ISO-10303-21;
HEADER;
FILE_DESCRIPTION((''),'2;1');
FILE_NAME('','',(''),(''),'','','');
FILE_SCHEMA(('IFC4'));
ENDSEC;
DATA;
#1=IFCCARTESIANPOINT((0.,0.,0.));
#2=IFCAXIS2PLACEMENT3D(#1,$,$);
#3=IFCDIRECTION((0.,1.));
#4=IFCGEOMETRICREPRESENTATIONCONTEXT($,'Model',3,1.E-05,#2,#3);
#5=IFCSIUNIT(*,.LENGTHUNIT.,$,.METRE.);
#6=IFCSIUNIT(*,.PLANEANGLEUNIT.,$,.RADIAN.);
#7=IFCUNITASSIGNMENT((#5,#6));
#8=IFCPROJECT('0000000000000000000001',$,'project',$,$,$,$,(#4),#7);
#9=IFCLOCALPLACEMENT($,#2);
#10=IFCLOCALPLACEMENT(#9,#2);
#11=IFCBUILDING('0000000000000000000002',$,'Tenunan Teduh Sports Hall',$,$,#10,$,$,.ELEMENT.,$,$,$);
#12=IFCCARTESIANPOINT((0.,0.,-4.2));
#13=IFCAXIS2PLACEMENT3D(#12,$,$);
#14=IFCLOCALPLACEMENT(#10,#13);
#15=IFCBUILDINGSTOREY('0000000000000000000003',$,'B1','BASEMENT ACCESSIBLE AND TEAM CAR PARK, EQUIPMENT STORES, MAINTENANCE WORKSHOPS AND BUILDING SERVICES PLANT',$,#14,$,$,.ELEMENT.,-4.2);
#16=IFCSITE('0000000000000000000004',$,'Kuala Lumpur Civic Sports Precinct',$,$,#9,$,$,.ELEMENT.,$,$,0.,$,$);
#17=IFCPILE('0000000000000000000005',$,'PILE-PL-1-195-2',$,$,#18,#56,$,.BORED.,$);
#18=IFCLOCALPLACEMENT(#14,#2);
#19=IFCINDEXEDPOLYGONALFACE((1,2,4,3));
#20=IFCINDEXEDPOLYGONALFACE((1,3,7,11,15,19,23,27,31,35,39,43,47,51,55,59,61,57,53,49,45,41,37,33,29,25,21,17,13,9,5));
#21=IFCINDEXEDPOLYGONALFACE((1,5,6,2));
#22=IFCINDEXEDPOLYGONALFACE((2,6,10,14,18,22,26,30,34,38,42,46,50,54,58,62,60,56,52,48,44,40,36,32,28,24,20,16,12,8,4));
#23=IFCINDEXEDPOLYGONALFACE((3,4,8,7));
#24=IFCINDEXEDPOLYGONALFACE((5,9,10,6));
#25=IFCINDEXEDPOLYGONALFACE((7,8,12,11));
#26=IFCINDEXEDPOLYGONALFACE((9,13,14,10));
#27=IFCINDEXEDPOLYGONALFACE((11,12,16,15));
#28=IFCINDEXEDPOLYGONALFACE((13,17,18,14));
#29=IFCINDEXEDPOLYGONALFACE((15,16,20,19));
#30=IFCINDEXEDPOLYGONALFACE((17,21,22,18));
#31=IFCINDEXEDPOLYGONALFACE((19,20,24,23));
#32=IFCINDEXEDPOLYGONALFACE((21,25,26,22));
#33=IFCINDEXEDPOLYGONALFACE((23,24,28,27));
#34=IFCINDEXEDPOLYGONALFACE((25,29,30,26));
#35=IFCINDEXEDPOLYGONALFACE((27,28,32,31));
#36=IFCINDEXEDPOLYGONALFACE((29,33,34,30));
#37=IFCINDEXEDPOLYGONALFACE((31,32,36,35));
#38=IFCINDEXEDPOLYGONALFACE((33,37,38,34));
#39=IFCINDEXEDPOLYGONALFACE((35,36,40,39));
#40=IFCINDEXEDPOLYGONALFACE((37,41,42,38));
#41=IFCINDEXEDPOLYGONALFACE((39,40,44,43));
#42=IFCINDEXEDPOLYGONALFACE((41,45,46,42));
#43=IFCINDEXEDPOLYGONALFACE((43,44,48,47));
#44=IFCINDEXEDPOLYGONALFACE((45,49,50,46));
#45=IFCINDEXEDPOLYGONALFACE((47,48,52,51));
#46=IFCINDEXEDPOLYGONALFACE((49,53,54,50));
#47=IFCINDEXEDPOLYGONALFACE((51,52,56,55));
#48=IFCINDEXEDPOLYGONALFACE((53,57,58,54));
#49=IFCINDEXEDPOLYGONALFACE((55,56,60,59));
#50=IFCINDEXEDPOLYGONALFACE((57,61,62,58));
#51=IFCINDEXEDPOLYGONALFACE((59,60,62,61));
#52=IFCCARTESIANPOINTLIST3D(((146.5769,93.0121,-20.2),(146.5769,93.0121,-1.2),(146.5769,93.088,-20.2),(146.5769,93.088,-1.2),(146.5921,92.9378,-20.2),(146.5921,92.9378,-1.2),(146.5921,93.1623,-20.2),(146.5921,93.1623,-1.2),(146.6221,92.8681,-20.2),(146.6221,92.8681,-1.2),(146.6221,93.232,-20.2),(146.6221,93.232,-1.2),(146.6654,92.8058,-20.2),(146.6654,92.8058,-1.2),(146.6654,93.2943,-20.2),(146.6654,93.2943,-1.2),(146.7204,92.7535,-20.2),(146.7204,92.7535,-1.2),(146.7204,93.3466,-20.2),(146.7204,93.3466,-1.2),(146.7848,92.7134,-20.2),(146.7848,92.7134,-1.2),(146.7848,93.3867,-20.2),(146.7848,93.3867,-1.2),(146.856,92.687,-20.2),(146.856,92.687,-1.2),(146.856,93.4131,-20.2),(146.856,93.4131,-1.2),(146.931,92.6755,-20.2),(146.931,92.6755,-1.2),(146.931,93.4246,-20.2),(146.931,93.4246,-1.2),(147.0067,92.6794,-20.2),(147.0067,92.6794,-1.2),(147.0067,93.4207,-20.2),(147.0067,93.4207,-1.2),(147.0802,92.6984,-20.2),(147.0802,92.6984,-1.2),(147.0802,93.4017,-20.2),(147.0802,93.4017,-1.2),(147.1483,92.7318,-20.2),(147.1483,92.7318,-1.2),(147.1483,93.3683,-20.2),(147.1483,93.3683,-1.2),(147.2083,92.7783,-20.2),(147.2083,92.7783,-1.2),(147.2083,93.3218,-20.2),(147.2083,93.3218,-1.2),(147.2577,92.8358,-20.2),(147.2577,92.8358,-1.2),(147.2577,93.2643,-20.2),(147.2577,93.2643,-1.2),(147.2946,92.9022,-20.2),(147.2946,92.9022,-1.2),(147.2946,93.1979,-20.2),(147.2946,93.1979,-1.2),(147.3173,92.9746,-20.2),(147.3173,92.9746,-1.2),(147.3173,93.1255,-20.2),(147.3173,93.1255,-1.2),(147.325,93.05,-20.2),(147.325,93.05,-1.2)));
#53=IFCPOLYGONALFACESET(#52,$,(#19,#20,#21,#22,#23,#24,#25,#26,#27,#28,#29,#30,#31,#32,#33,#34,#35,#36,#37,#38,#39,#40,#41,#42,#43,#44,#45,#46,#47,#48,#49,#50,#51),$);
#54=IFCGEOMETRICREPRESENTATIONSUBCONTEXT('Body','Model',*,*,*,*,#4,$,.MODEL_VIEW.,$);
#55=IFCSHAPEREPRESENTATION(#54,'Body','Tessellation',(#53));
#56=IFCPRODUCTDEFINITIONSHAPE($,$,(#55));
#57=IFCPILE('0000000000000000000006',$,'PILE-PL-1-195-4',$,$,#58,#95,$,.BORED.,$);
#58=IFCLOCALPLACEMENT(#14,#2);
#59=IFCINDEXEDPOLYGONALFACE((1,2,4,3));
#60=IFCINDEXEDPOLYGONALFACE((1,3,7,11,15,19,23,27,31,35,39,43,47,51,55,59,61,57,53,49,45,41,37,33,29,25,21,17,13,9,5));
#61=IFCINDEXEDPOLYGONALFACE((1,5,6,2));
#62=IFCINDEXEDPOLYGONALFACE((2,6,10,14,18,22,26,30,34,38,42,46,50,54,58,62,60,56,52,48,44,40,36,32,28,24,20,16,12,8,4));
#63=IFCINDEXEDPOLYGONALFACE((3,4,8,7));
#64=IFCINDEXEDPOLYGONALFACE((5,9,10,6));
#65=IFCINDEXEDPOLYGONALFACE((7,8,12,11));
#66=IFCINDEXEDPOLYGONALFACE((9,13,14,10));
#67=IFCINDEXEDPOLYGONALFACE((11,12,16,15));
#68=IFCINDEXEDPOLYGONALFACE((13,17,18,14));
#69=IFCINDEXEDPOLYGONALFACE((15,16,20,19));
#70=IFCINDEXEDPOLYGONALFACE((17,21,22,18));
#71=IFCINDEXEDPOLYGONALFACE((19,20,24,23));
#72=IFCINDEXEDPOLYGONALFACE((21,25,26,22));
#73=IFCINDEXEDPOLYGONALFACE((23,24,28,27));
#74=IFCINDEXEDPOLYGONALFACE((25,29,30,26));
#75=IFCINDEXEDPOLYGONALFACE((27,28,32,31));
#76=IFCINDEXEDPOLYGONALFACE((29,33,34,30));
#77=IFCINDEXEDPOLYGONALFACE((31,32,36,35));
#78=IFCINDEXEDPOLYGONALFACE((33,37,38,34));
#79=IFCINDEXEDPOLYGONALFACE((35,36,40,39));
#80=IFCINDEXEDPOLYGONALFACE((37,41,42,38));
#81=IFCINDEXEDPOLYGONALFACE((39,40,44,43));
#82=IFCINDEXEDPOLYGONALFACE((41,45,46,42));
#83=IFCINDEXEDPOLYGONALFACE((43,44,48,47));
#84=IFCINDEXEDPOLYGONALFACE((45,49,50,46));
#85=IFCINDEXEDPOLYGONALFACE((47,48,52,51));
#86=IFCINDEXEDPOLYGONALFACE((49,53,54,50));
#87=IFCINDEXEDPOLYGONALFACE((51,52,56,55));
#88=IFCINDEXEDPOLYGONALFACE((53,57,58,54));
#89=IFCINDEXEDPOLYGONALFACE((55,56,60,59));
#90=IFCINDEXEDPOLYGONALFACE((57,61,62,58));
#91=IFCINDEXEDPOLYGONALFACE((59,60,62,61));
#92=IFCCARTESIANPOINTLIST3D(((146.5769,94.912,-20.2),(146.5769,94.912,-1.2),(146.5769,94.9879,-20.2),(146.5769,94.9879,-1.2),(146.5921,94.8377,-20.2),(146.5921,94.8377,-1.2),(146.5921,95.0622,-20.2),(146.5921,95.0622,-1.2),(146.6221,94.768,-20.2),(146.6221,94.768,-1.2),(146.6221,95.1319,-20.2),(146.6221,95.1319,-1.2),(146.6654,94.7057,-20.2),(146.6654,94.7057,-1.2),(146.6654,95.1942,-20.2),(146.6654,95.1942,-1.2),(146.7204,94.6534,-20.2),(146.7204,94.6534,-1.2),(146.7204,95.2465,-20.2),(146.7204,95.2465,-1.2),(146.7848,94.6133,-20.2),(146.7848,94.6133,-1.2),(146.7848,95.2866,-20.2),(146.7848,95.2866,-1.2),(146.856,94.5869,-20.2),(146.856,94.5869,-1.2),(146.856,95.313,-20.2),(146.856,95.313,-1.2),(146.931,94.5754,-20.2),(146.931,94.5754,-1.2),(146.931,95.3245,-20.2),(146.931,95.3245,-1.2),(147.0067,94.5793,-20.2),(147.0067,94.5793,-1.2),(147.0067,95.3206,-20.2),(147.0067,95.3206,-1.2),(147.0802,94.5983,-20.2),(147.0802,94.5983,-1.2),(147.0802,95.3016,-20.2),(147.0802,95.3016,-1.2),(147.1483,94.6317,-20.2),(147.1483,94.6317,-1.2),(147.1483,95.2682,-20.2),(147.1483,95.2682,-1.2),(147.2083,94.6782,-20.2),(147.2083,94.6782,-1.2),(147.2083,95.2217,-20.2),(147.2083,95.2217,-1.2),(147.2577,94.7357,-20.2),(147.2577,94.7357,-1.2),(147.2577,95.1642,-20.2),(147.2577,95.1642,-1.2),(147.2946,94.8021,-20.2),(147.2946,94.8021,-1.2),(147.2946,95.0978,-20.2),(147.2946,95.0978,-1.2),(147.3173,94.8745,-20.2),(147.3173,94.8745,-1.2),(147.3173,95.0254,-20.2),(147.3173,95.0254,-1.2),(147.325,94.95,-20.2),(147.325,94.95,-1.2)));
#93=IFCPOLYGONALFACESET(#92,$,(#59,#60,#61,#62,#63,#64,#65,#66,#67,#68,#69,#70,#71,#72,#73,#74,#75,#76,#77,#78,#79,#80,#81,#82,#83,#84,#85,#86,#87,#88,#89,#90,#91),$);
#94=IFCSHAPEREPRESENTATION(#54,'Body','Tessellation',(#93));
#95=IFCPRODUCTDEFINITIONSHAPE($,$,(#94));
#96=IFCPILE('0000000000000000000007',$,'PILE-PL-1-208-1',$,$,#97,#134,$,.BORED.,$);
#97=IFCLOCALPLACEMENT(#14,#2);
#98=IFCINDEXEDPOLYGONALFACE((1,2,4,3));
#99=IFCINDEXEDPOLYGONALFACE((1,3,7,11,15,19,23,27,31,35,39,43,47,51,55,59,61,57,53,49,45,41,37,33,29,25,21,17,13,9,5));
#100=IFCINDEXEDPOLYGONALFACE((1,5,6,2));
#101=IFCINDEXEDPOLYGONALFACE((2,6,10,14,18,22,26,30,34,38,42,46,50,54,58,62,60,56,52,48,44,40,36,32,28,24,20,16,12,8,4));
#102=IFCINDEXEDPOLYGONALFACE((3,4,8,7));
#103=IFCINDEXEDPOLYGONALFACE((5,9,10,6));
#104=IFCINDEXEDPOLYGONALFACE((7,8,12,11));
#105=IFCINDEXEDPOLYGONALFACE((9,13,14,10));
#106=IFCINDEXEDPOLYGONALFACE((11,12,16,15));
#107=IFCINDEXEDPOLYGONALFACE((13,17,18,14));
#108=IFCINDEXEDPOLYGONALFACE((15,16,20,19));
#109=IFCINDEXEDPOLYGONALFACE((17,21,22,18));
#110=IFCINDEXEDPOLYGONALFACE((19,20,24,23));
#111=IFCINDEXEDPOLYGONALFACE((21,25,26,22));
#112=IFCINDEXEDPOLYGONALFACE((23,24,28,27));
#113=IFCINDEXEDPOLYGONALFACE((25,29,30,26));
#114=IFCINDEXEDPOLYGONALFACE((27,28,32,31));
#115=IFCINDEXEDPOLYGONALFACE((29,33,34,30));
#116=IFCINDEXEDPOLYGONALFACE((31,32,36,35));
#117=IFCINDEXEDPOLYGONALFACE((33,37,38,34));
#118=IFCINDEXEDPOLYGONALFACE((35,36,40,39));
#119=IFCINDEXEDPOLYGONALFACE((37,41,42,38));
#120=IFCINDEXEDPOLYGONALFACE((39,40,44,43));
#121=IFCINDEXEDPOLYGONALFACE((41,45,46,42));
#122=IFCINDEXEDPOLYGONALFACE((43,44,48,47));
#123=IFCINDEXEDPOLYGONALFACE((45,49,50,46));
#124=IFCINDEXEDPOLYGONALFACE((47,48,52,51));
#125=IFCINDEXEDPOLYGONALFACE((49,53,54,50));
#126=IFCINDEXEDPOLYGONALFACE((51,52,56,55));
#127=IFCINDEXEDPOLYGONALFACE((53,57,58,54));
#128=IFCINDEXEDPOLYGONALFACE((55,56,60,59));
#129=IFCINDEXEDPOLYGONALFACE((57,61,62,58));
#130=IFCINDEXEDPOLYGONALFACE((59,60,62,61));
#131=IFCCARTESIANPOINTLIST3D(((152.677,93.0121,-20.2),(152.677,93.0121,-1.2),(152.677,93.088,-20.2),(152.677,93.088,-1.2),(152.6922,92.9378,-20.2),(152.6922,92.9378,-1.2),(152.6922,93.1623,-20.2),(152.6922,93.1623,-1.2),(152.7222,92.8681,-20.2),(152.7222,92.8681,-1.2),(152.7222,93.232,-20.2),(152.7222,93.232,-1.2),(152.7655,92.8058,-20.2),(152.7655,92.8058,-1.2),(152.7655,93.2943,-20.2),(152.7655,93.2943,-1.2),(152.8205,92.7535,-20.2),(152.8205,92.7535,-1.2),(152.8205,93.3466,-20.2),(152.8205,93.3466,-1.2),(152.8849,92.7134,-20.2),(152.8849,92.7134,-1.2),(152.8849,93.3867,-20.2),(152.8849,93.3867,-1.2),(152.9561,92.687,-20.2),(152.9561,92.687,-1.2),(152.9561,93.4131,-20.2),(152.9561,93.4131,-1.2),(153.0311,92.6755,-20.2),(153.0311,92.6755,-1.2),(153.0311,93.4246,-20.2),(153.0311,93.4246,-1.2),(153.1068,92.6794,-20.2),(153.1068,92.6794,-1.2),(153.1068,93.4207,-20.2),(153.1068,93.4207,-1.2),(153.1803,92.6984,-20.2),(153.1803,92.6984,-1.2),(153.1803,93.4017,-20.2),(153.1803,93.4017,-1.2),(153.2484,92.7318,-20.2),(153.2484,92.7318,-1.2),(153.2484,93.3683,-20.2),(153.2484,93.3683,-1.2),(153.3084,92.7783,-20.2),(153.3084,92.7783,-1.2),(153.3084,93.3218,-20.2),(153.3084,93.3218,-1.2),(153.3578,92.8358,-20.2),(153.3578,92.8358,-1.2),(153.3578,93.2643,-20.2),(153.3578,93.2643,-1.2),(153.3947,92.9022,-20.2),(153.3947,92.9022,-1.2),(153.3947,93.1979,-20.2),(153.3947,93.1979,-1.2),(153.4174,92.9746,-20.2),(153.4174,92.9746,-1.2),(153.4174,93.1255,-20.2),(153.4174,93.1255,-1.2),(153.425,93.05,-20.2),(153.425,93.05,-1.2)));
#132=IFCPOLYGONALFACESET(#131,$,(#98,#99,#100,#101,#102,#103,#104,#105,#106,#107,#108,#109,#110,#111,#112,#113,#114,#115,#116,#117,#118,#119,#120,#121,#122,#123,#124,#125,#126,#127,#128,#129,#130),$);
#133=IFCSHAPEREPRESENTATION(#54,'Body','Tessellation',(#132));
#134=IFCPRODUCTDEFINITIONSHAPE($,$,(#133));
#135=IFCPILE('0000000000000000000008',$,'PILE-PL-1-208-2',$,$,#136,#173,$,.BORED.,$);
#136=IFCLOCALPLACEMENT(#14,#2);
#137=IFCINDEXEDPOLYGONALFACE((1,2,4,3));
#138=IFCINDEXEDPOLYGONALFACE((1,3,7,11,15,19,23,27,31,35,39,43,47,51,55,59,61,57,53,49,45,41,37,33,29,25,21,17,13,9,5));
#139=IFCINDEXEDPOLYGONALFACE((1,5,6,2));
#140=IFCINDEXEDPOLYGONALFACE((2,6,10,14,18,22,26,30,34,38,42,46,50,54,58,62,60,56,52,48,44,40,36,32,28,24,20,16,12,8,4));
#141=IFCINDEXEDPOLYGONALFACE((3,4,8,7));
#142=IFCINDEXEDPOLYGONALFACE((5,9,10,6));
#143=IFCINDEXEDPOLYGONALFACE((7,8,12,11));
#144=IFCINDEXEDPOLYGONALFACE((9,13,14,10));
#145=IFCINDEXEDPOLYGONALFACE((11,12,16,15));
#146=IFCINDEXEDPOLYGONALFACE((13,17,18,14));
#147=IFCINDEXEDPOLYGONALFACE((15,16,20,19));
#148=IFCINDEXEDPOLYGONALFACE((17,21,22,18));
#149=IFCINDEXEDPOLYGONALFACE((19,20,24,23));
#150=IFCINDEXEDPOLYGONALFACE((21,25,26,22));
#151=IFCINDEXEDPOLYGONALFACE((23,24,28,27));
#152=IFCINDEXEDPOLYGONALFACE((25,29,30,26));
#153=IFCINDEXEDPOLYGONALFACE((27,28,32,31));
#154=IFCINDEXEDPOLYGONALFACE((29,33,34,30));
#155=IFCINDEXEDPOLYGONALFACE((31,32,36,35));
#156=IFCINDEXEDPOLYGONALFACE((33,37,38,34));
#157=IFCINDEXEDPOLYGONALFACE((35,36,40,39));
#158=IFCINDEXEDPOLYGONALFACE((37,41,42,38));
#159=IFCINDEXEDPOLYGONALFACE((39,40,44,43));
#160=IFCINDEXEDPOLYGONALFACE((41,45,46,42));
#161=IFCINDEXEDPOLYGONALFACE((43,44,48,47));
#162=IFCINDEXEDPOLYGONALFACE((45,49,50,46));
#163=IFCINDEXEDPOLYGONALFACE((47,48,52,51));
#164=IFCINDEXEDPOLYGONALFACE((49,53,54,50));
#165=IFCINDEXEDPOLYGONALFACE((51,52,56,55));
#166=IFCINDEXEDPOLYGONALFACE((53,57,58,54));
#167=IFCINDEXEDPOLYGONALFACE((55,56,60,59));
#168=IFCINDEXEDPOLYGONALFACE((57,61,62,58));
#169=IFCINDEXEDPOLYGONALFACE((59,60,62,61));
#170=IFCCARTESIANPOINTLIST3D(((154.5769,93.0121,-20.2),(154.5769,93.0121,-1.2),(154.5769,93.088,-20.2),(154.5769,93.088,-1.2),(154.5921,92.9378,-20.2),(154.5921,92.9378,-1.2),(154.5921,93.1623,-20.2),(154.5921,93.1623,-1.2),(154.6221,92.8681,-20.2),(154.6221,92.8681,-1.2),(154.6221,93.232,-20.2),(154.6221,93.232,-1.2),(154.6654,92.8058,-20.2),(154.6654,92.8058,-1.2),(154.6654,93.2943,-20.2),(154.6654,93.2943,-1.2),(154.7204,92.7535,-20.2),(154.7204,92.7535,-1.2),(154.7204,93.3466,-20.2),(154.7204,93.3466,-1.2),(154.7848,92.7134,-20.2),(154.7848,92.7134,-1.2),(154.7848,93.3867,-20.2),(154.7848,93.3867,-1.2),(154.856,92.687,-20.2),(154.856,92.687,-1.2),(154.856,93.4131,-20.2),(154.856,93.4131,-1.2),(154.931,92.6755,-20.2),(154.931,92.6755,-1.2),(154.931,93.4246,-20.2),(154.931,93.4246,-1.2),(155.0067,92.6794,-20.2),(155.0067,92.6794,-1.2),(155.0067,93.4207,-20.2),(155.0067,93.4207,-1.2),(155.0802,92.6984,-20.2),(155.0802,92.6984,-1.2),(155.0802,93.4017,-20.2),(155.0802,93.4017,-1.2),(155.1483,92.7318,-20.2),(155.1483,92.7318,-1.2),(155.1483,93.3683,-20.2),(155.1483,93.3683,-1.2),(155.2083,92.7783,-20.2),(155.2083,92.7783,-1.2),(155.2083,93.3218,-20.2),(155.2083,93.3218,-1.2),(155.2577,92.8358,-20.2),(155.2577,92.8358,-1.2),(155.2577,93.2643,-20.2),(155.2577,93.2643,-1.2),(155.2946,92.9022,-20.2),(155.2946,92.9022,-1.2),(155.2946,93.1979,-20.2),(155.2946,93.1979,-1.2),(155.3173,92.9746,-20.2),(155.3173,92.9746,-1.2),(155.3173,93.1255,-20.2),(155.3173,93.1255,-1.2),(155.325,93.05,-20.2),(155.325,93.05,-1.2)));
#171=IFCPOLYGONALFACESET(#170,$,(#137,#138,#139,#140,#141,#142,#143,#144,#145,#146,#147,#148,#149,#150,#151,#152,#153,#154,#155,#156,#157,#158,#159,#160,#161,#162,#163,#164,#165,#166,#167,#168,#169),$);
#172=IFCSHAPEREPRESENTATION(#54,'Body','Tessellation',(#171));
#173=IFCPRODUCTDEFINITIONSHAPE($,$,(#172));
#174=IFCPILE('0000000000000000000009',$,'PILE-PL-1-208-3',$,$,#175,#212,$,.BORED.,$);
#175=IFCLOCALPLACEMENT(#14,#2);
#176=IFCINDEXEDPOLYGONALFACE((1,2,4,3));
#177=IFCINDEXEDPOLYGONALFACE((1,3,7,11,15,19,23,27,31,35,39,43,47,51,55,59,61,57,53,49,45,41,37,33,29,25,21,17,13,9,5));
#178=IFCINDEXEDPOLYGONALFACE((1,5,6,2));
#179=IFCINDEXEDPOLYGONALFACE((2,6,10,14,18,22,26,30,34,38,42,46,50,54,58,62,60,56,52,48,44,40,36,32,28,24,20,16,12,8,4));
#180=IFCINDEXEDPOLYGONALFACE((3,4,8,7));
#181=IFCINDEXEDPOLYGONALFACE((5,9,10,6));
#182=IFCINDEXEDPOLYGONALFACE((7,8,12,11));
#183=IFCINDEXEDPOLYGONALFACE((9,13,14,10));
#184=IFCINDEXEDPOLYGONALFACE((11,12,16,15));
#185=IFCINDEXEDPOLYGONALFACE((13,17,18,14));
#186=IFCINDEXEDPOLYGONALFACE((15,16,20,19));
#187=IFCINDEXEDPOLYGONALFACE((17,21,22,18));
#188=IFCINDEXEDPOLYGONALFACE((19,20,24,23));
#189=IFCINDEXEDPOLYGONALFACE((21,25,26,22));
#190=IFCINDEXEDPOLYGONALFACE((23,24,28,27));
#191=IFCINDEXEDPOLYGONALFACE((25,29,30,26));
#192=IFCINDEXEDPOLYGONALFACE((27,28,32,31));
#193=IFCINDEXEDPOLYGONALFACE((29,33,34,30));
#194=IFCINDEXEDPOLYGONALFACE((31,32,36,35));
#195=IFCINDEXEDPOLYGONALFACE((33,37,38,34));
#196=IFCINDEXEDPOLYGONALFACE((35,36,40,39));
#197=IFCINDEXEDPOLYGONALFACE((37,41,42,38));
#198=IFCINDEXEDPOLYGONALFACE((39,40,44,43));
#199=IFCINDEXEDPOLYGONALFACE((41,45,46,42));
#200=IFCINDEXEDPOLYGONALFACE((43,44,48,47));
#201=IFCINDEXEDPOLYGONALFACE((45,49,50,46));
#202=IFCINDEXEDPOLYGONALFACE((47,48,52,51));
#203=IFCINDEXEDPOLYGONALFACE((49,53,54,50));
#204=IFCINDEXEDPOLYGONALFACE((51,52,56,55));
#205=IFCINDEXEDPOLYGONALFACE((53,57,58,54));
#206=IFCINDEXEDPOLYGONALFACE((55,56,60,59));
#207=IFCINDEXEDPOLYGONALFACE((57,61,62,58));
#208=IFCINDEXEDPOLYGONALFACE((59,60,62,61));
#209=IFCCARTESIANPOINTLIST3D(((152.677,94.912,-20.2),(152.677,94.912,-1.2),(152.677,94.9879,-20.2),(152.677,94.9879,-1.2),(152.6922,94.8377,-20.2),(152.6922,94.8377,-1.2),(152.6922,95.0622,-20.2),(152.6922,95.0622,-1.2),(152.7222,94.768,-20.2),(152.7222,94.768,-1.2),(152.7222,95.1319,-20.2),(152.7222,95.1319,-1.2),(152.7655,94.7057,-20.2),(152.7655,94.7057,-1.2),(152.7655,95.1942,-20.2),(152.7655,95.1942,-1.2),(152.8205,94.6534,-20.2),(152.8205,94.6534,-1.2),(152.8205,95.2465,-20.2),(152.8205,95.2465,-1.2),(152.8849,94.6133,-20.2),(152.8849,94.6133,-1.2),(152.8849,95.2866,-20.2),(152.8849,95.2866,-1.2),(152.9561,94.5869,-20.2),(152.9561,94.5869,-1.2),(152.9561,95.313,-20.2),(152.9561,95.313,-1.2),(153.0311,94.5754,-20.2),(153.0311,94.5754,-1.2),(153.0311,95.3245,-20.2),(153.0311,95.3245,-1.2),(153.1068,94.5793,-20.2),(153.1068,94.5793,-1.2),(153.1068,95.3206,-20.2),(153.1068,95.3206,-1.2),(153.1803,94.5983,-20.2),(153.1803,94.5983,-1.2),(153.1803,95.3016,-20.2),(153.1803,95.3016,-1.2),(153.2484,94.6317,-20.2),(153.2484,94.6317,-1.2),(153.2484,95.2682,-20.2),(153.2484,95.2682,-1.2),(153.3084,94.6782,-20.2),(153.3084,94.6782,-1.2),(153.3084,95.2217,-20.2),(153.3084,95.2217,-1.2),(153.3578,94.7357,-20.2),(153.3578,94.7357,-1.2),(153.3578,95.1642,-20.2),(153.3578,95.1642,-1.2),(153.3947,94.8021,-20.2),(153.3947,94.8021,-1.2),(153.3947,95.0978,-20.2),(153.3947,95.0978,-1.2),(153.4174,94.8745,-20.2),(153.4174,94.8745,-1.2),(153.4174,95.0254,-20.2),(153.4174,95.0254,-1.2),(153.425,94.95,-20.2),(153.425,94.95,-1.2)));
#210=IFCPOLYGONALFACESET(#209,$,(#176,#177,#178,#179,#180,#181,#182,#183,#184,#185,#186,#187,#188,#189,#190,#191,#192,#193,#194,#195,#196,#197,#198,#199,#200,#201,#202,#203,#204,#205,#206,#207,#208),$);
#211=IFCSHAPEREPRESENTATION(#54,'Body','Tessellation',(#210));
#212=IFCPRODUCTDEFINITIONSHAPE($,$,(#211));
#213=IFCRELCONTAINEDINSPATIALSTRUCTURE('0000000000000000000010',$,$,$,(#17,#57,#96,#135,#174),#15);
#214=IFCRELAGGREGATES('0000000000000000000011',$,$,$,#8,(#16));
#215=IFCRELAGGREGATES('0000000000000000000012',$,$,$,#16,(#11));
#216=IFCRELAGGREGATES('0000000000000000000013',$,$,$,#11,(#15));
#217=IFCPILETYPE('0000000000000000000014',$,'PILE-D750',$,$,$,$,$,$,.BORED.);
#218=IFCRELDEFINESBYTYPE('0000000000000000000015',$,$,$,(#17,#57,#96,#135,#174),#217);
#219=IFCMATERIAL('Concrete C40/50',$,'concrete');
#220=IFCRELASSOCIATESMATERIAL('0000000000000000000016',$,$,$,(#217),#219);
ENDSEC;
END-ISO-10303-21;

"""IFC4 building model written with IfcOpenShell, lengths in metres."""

from ifc_helpers import new_model, si_unit, direction, frame, origin, origin_2d, place, context, subcontext, project, spatial, circle, extrude, material, material_profile, profile_set, type_object, element, save


model = new_model("IFC4")

# Units and contexts
model_context = context("Model", 3, precision=1e-05, world=origin(), true_north=direction((0.0, 1.0)))
body_context = subcontext(model_context, "Body", "Model", "MODEL_VIEW")
ifc_project = project(units=[si_unit("LENGTHUNIT", "METRE"), si_unit("PLANEANGLEUNIT", "RADIAN")], contexts=[model_context])

# Site, building, storey
site_placement = place(None, origin())
site = spatial("IfcSite", under=ifc_project, at=site_placement, Name="Kuala Lumpur Civic Sports Precinct", CompositionType="ELEMENT", RefElevation=0.0)
building_placement = place(site_placement, origin())
building = spatial("IfcBuilding", under=site, at=building_placement, Name="Tenunan Teduh Sports Hall", CompositionType="ELEMENT")
storey_placement = place(building_placement, frame((0.0, 0.0, -4.2)))
storey = spatial("IfcBuildingStorey", under=building, at=storey_placement, Name="B1", Description="BASEMENT ACCESSIBLE AND TEAM CAR PARK, EQUIPMENT STORES, MAINTENANCE WORKSHOPS AND BUILDING SERVICES PLANT", CompositionType="ELEMENT", Elevation=-4.2)

# Piles
ifc_material_1 = material(Name="Concrete C40/50", Category="concrete")
ifc_material_profile_1 = material_profile(ifc_material_1, circle(Radius=0.375, at=origin_2d()), Name="PILE D750")
ifc_profile_set_1 = profile_set([ifc_material_profile_1], Name="Concrete C40/50")
pile_type = type_object("IfcPileType", Name="PILE-D750", PredefinedType="BORED", material=ifc_profile_set_1)
for number, where, z_axis, x_axis, name in (
    (1, (146.95, 93.05, -1.2), (0.0, 0.0, -1.0), (1.0, 0.0, 0.0), "PILE-PL-1-195-2"),
    (2, (146.95, 94.95, -1.2), (0.0, 0.0, -1.0), (1.0, 0.0, 0.0), "PILE-PL-1-195-4"),
    (3, (153.05, 93.05, -1.2), (0.0, 0.0, -1.0), (1.0, 0.0, 0.0), "PILE-PL-1-208-1"),
    (4, (154.95, 93.05, -1.2), (0.0, 0.0, -1.0), (1.0, 0.0, 0.0), "PILE-PL-1-208-2"),
    (5, (153.05, 94.95, -1.2), (0.0, 0.0, -1.0), (1.0, 0.0, 0.0), "PILE-PL-1-208-3"),
):
    element("IfcPile", number, at=place(storey_placement, frame(where, z_axis=z_axis, x_axis=x_axis)), inside=storey, type_object=pile_type, Name=name, PredefinedType="BORED", context=body_context, shape_type="SweptSolid", body=[
        extrude(circle(Radius=0.375, at=origin_2d()), origin(), (0.0, 0.0, 1.0), 19.0),
    ])

save(model, "model.ifc")
